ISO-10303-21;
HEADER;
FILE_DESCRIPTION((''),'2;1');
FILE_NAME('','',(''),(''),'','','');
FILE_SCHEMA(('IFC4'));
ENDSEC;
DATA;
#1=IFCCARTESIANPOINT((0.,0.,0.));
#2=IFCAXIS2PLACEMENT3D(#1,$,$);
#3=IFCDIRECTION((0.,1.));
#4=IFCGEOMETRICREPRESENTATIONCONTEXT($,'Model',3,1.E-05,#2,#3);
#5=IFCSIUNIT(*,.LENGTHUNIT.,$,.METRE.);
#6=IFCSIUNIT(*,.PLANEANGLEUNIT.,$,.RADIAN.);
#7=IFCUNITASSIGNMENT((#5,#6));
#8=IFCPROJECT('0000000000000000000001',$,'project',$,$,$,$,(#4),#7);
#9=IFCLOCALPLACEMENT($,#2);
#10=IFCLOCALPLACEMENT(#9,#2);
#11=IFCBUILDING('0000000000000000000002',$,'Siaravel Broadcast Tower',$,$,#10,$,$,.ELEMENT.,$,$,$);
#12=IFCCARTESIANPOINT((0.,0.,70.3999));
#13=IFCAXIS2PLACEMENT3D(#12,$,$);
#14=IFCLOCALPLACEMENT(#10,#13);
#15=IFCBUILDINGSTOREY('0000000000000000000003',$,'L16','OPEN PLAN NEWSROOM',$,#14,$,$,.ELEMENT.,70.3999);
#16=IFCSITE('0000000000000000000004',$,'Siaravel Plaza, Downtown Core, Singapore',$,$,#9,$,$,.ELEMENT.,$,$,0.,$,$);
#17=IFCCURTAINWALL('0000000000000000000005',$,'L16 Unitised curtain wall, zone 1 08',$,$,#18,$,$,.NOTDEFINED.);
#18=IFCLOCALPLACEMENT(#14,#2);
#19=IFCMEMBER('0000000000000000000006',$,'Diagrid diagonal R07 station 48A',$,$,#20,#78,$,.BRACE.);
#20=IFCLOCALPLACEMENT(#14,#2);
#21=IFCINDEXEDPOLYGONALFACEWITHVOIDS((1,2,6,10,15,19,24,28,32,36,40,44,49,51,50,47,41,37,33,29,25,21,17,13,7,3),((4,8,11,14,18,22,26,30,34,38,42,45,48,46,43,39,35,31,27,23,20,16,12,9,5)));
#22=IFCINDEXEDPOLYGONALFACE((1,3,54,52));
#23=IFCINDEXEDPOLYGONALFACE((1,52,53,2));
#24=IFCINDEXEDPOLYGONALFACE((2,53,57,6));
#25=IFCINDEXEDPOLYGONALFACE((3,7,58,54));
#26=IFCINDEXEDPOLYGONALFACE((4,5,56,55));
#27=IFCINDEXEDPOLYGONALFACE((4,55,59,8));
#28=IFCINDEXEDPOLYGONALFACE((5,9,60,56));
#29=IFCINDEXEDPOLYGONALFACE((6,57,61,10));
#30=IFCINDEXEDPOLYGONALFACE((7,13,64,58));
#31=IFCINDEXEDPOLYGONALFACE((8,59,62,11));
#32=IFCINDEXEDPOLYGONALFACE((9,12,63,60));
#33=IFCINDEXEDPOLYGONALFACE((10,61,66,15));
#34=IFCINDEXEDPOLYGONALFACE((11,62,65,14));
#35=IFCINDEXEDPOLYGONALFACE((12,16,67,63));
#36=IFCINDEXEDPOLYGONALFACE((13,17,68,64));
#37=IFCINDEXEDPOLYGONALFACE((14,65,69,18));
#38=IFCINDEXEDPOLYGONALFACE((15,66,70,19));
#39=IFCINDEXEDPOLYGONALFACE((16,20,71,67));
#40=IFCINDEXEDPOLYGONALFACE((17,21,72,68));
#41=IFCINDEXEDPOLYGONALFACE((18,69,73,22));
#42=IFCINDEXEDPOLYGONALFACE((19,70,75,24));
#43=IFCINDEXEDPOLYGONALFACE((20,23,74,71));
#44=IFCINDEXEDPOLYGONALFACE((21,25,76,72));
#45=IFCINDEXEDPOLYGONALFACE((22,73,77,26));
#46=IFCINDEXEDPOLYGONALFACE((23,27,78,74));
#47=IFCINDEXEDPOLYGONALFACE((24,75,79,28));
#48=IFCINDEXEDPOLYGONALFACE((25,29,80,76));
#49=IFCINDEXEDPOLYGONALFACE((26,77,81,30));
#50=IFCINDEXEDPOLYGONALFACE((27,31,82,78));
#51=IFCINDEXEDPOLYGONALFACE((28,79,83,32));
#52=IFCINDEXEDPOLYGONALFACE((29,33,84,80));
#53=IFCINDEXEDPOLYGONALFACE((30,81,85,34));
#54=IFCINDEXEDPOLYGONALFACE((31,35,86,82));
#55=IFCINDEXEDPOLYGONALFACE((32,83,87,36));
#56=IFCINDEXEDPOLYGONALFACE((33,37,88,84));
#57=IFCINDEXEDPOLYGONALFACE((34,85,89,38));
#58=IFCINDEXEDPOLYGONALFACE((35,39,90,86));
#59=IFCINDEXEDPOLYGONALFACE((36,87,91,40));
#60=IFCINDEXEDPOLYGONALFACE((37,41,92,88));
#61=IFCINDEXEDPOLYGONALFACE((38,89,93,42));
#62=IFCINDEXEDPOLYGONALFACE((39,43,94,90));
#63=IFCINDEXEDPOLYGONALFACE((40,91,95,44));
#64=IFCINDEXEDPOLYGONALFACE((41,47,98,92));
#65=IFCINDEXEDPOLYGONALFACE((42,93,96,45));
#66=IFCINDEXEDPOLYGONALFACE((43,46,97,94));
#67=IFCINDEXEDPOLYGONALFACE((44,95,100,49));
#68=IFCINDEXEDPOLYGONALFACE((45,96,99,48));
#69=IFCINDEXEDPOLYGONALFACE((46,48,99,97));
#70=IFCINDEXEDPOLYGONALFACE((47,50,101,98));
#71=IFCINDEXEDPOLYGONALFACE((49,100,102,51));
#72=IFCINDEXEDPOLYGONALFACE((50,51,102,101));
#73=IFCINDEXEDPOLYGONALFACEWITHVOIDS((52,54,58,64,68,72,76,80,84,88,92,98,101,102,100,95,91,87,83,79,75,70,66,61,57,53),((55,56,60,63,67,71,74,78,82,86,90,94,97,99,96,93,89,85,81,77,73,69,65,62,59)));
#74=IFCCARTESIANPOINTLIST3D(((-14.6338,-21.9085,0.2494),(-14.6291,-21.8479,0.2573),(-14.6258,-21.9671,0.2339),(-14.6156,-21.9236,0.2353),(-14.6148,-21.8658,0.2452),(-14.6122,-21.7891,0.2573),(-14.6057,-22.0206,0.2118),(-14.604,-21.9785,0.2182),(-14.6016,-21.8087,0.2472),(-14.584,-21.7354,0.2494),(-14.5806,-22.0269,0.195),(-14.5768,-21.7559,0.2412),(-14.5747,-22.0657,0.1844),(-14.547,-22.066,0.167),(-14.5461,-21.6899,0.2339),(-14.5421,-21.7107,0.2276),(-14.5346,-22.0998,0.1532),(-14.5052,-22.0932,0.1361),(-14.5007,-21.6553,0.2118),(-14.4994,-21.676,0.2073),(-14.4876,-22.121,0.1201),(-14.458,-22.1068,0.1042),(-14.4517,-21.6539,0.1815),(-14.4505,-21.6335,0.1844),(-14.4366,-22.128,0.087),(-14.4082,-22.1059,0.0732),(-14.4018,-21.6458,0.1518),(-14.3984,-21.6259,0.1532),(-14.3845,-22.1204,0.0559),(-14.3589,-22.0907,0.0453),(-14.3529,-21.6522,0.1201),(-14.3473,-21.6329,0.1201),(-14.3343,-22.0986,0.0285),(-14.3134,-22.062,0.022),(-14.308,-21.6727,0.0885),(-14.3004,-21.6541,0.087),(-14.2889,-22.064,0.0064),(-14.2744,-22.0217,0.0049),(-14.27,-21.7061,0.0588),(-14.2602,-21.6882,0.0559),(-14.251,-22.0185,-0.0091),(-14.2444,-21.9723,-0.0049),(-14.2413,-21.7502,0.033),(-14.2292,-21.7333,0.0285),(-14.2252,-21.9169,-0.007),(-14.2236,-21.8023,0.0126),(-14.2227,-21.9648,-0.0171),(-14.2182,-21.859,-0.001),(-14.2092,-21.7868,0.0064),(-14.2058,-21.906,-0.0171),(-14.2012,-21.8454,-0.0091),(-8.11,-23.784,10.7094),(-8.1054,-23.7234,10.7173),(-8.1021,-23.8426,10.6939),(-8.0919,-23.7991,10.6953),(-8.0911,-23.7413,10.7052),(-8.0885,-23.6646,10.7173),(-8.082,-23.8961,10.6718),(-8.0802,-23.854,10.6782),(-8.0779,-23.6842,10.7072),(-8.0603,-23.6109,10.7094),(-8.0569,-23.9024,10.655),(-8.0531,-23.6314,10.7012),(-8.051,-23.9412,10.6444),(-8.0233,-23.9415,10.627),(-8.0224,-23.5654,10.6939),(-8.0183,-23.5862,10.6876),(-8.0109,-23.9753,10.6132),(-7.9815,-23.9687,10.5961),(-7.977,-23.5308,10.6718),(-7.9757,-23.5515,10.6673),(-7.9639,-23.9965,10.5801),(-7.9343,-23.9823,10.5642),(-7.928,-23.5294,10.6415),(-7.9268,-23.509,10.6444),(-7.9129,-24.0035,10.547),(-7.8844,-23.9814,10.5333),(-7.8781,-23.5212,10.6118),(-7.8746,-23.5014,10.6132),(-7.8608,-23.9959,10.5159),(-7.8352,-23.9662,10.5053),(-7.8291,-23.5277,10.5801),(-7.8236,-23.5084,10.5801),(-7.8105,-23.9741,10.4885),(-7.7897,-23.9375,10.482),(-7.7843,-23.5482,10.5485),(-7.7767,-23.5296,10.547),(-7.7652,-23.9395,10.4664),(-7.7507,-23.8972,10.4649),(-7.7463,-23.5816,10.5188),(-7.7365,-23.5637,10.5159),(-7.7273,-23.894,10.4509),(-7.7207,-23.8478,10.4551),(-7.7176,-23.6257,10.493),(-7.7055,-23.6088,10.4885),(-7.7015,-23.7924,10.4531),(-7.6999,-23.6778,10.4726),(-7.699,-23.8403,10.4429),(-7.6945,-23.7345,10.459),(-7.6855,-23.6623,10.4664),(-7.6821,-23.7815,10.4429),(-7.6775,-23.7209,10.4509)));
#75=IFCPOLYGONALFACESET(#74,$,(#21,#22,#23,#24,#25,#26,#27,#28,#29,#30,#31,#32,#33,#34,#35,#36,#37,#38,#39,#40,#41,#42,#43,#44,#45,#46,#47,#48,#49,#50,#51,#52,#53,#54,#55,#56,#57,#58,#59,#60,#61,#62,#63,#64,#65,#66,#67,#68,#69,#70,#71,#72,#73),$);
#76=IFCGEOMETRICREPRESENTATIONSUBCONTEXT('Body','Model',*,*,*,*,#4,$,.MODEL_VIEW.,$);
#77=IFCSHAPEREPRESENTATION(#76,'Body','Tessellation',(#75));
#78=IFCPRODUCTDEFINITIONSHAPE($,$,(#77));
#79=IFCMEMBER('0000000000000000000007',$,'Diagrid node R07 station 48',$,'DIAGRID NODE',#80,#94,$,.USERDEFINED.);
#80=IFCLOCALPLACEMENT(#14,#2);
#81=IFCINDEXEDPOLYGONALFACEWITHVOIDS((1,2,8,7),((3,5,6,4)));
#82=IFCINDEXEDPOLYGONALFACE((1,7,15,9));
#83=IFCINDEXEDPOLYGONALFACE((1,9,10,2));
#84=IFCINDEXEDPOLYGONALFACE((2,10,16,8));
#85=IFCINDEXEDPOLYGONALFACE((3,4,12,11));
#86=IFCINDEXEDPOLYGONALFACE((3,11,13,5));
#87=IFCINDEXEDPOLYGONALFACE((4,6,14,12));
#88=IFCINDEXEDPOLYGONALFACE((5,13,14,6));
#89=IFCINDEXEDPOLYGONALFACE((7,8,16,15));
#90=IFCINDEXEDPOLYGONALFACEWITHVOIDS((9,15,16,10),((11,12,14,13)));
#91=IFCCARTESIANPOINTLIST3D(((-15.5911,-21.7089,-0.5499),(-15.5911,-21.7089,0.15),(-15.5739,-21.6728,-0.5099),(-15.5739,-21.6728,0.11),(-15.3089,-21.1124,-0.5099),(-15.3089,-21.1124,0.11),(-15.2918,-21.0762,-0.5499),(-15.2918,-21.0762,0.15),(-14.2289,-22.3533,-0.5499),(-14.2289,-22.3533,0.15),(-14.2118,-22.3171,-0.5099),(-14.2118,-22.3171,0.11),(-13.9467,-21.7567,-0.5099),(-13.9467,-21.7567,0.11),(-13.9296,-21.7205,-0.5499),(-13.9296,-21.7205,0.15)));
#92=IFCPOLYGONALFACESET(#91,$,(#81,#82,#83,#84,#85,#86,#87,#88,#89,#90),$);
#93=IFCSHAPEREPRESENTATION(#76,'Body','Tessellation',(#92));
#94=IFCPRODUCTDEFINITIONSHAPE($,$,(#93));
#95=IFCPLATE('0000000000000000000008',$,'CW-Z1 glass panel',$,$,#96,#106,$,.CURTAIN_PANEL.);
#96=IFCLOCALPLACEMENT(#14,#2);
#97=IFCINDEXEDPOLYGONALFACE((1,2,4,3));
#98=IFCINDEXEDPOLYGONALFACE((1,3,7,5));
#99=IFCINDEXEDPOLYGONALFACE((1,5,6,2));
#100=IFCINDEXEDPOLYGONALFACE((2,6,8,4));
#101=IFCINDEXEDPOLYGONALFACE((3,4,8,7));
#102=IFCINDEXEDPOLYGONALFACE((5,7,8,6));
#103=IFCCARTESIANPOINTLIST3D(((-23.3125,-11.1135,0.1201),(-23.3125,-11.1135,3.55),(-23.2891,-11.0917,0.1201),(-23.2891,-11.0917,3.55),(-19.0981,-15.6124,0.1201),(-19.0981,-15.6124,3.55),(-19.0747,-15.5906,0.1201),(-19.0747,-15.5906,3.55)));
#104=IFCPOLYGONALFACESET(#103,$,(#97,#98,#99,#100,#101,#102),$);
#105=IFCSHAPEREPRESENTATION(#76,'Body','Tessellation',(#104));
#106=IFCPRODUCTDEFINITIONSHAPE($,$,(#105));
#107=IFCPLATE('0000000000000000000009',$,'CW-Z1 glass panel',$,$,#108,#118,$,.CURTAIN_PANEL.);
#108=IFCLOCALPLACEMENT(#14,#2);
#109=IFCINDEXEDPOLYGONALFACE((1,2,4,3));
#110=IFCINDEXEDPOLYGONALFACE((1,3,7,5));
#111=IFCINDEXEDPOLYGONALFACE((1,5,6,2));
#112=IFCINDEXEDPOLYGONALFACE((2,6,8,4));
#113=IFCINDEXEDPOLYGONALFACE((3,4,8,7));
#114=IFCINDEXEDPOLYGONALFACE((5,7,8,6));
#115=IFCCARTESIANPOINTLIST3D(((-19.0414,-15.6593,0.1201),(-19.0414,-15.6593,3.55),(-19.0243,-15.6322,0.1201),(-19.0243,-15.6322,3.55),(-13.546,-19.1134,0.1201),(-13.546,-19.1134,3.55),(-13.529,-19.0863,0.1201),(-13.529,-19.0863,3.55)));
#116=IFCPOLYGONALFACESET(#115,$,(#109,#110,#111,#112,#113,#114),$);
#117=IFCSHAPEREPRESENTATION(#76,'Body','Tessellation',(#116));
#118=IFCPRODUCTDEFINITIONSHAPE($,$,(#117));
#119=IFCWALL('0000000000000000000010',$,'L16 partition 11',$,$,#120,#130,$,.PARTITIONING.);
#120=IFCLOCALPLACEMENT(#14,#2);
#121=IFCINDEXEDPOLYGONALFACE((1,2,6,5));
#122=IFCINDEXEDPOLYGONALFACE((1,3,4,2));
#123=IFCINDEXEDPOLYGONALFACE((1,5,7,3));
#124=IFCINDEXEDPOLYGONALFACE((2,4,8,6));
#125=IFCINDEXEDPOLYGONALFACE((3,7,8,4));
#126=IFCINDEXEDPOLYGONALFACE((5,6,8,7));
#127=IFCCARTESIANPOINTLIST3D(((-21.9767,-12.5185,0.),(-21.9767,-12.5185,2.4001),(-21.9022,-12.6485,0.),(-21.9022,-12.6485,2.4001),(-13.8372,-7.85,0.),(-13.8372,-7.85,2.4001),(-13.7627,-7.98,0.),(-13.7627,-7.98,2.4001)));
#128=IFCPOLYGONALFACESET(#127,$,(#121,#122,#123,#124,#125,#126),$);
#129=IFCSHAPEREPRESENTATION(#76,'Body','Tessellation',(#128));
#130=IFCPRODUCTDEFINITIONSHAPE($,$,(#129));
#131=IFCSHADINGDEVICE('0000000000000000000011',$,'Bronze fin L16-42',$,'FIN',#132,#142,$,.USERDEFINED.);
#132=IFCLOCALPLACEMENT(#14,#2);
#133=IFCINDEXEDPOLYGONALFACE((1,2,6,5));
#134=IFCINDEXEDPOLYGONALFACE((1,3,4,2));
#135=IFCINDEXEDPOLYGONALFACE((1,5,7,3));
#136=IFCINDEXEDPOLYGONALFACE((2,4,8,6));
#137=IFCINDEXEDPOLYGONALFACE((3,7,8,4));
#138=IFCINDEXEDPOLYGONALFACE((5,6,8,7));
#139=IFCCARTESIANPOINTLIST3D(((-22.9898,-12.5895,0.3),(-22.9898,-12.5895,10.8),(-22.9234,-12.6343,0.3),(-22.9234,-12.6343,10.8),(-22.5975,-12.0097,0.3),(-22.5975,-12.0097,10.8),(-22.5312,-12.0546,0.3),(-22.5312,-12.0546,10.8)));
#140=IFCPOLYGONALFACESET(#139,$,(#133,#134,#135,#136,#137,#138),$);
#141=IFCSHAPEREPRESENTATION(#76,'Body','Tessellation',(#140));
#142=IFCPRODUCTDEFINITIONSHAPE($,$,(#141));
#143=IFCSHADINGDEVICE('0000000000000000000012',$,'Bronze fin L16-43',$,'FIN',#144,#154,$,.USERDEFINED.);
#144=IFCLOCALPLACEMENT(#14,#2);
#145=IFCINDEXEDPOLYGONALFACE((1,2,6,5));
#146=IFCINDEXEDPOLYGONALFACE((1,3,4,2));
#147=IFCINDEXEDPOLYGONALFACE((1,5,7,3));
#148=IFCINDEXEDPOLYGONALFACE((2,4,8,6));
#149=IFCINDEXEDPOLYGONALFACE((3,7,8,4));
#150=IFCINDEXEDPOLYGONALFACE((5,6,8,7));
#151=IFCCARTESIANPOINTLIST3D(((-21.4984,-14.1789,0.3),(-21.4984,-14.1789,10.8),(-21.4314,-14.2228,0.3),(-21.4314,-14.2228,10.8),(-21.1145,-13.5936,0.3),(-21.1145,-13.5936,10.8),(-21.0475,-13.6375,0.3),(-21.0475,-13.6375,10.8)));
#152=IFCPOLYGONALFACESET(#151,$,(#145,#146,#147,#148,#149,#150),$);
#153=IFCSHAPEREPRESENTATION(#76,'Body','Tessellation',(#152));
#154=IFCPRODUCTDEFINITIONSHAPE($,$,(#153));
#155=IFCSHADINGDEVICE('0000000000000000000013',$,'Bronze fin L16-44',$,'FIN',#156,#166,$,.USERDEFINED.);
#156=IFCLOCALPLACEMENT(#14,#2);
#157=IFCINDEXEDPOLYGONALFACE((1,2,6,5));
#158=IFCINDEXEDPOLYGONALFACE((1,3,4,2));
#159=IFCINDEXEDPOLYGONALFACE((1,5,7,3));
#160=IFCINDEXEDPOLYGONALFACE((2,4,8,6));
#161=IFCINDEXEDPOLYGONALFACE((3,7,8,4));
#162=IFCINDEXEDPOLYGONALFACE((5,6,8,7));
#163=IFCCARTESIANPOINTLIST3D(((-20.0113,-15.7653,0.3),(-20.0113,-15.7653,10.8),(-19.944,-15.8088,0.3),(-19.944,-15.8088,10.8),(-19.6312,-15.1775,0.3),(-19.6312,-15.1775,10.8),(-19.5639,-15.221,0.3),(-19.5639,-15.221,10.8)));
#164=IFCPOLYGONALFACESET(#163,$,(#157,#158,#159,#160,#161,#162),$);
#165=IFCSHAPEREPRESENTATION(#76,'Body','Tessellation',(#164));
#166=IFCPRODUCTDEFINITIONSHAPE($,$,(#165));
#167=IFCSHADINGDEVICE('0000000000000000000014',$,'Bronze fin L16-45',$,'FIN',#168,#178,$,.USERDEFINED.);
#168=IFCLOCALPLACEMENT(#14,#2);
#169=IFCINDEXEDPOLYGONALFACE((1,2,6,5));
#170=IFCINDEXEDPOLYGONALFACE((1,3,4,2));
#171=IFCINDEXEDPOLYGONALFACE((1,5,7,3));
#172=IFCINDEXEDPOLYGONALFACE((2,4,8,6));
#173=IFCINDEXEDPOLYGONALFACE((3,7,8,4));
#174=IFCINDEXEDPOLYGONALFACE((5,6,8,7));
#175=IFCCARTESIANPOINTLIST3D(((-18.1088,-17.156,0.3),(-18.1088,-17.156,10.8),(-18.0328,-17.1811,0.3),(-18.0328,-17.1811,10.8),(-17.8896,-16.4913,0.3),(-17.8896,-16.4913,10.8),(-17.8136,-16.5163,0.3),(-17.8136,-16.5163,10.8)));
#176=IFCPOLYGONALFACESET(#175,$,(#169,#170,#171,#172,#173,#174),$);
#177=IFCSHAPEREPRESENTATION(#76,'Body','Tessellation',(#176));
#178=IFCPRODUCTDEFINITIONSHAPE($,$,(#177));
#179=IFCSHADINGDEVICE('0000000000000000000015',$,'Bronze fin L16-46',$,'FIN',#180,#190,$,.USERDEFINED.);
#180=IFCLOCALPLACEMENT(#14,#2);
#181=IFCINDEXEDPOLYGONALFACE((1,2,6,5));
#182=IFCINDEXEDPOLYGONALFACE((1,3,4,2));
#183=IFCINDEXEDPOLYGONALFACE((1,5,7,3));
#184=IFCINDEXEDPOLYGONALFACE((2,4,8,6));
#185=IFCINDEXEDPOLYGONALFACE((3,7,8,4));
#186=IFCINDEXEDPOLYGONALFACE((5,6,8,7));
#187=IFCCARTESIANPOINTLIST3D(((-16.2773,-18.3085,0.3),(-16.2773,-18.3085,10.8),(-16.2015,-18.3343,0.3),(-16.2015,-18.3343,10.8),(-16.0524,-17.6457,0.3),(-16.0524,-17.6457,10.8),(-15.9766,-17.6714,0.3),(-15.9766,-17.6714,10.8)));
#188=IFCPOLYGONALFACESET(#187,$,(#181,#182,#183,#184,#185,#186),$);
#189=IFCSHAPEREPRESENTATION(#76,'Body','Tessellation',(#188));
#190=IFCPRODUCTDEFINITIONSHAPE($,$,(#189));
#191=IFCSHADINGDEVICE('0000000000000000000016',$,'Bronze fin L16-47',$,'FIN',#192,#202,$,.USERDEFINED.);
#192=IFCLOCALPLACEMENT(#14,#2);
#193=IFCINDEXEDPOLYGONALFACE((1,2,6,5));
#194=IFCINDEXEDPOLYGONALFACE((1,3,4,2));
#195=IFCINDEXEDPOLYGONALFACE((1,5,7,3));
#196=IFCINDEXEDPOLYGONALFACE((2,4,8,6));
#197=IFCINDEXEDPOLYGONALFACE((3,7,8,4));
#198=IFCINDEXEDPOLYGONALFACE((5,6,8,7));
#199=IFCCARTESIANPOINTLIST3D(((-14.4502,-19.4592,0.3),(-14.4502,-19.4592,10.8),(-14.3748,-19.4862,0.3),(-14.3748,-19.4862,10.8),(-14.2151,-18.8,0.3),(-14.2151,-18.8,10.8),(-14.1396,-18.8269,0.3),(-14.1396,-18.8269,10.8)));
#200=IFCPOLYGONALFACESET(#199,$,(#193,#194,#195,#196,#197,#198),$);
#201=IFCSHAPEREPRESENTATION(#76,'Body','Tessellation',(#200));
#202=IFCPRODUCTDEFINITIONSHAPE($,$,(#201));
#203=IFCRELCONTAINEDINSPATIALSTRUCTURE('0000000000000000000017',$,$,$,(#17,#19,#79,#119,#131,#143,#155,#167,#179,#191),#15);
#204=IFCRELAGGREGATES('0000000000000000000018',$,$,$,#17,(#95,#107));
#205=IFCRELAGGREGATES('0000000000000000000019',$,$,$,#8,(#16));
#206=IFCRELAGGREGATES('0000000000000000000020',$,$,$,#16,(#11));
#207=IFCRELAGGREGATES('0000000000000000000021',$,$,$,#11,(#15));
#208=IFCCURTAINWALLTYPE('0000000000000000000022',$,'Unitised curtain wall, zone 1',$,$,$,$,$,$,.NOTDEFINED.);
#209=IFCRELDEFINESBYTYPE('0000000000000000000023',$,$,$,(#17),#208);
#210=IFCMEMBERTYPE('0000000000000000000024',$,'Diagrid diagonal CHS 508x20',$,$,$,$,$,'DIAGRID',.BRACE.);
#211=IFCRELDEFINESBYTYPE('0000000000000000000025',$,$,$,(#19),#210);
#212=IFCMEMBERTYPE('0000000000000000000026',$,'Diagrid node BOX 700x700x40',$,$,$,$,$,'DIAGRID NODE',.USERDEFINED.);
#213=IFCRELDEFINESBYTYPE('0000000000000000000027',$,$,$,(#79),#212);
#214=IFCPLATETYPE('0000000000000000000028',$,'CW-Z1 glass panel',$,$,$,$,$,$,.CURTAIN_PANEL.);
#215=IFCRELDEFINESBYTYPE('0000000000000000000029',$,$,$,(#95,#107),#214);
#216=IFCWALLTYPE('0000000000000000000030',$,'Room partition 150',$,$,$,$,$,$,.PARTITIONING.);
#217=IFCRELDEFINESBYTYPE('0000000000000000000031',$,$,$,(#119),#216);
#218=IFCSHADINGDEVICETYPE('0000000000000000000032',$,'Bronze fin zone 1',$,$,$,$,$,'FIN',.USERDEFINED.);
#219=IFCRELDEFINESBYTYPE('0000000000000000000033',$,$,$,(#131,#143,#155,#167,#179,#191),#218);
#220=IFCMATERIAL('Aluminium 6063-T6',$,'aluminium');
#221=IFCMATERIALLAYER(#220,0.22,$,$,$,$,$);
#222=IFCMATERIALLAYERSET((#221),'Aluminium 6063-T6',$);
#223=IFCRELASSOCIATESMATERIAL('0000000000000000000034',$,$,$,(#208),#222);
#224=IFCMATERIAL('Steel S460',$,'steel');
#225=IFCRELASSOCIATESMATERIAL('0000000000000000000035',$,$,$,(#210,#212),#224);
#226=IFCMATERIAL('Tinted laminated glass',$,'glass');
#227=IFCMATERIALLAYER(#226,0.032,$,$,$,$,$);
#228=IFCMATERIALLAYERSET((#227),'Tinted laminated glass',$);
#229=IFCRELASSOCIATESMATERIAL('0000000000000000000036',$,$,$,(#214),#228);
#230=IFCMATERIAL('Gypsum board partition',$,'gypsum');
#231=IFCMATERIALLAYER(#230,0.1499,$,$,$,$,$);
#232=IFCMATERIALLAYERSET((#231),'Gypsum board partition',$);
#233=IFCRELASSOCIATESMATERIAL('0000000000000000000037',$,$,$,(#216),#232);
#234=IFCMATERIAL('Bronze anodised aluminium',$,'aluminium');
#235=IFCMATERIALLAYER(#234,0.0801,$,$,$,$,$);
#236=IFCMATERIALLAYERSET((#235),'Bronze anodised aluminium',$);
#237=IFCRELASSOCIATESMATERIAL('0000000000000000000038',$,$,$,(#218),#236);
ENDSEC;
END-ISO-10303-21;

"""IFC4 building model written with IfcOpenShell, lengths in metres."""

from ifc_helpers import new_model, si_unit, direction, frame, frame_2d, origin, origin_2d, place, context, subcontext, project, spatial, rectangle, hollow_rectangle, hollow_circle, extrude, material, layer, layer_set, material_profile, profile_set, type_object, element, aggregate, save


model = new_model("IFC4")

# Units and contexts
model_context = context("Model", 3, precision=1e-05, world=origin(), true_north=direction((0.0, 1.0)))
body_context = subcontext(model_context, "Body", "Model", "MODEL_VIEW")
ifc_project = project(units=[si_unit("LENGTHUNIT", "METRE"), si_unit("PLANEANGLEUNIT", "RADIAN")], contexts=[model_context])

# Site, building, storey
site_placement = place(None, origin())
site = spatial("IfcSite", under=ifc_project, at=site_placement, Name="Siaravel Plaza, Downtown Core, Singapore", CompositionType="ELEMENT", RefElevation=0.0)
building_placement = place(site_placement, origin())
building = spatial("IfcBuilding", under=site, at=building_placement, Name="Siaravel Broadcast Tower", CompositionType="ELEMENT")
storey_placement = place(building_placement, frame((0.0, 0.0, 70.3999)))
storey = spatial("IfcBuildingStorey", under=building, at=storey_placement, Name="L16", Description="OPEN PLAN NEWSROOM", CompositionType="ELEMENT", Elevation=70.3999)

# Curtain wall
ifc_material_1 = material(Name="Aluminium 6063-T6", Category="aluminium")
ifc_layer_1 = layer(ifc_material_1, 0.22)
ifc_layer_set_1 = layer_set([ifc_layer_1], Name="Aluminium 6063-T6")
curtain_wall_type = type_object("IfcCurtainWallType", Name="Unitised curtain wall, zone 1", PredefinedType="NOTDEFINED", material=ifc_layer_set_1)
curtain_wall_placement = place(storey_placement, origin())
curtain_wall = element("IfcCurtainWall", 1, at=curtain_wall_placement, inside=storey, type_object=curtain_wall_type, Name="L16 Unitised curtain wall, zone 1 08", PredefinedType="NOTDEFINED")

# Members
ifc_material_2 = material(Name="Steel S460", Category="steel")
ifc_material_profile_1 = material_profile(ifc_material_2, hollow_circle(Radius=0.2539, WallThickness=0.02, at=origin_2d()))
ifc_profile_set_1 = profile_set([ifc_material_profile_1], Name="Steel S460")
member_type_1 = type_object("IfcMemberType", Name="Diagrid diagonal CHS 508x20", ElementType="DIAGRID", PredefinedType="BRACE", material=ifc_profile_set_1)
member_1_placement = place(storey_placement, frame((-14.4175, -21.877, 0.1201), z_axis=(0.523174, -0.150407, 0.838848), x_axis=(0.276298, 0.961072, 0.0)))
element("IfcMember", 2, at=member_1_placement, inside=storey, type_object=member_type_1, Name="Diagrid diagonal R07 station 48A", PredefinedType="BRACE", context=body_context, shape_type="SweptSolid", body=[
    extrude(hollow_circle(Radius=0.2539, WallThickness=0.02, at=origin_2d()), origin(), (0.0, 0.0, 1.0), 12.4695),
])
ifc_material_profile_2 = material_profile(ifc_material_2, hollow_rectangle(XDim=0.7, YDim=0.7, WallThickness=0.04, at=origin_2d()))
ifc_profile_set_2 = profile_set([ifc_material_profile_2], Name="Steel S460")
member_type_2 = type_object("IfcMemberType", Name="Diagrid node BOX 700x700x40", ElementType="DIAGRID NODE", PredefinedType="USERDEFINED", material=ifc_profile_set_2)
member_2_placement = place(storey_placement, frame((-15.4414, -21.3926, -0.2), z_axis=(0.903969, -0.427599, 0.0), x_axis=(0.427599, 0.903969, 0.0)))
element("IfcMember", 3, at=member_2_placement, inside=storey, type_object=member_type_2, Name="Diagrid node R07 station 48", ObjectType="DIAGRID NODE", PredefinedType="USERDEFINED", context=body_context, shape_type="SweptSolid", body=[
    extrude(hollow_rectangle(XDim=0.7, YDim=0.7, WallThickness=0.04, at=origin_2d()), origin(), (0.0, 0.0, 1.0), 1.5068),
])

# Plates
ifc_material_3 = material(Name="Tinted laminated glass", Category="glass")
ifc_layer_2 = layer(ifc_material_3, 0.032)
ifc_layer_set_2 = layer_set([ifc_layer_2], Name="Tinted laminated glass")
plate_type = type_object("IfcPlateType", Name="CW-Z1 glass panel", PredefinedType="CURTAIN_PANEL", material=ifc_layer_set_2)
plate_1_placement = place(storey_placement, frame((-21.1936, -13.3521, 0.1201), z_axis=(0.0, 0.0, 1.0), x_axis=(0.683655, -0.729806, 0.0)))
plate_1 = element("IfcPlate", 4, at=plate_1_placement, type_object=plate_type, Name="CW-Z1 glass panel", PredefinedType="CURTAIN_PANEL", context=body_context, shape_type="SweptSolid", body=[
    extrude(rectangle(XDim=6.1646, YDim=0.032, at=origin_2d()), origin(), (0.0, 0.0, 1.0), 3.4299),
])
plate_2_placement = place(storey_placement, frame((-16.2852, -17.3728, 0.1201), z_axis=(0.0, 0.0, 1.0), x_axis=(0.84665, -0.53215, 0.0)))
plate_2 = element("IfcPlate", 5, at=plate_2_placement, type_object=plate_type, Name="CW-Z1 glass panel", PredefinedType="CURTAIN_PANEL", context=body_context, shape_type="SweptSolid", body=[
    extrude(rectangle(XDim=6.4907, YDim=0.032, at=origin_2d()), origin(), (0.0, 0.0, 1.0), 3.4299),
])
aggregate(curtain_wall, [plate_1, plate_2])

# Wall
ifc_material_4 = material(Name="Gypsum board partition", Category="gypsum")
ifc_layer_3 = layer(ifc_material_4, 0.1499)
ifc_layer_set_3 = layer_set([ifc_layer_3], Name="Gypsum board partition")
wall_type = type_object("IfcWallType", Name="Room partition 150", PredefinedType="PARTITIONING", material=ifc_layer_set_3)
wall_placement = place(storey_placement, frame((-21.9395, -12.5835, 0.0), z_axis=(0.0, 0.0, 1.0), x_axis=(0.867445, 0.497534, 0.0)))
element("IfcWall", 6, at=wall_placement, inside=storey, type_object=wall_type, Name="L16 partition 11", PredefinedType="PARTITIONING", context=body_context, shape_type="SweptSolid", body=[
    extrude(rectangle(XDim=9.3833, YDim=0.1499, at=frame_2d((4.6917, 0.0))), origin(), (0.0, 0.0, 1.0), 2.4001),
])

# Shading devices
ifc_material_5 = material(Name="Bronze anodised aluminium", Category="aluminium")
ifc_layer_4 = layer(ifc_material_5, 0.0801)
ifc_layer_set_4 = layer_set([ifc_layer_4], Name="Bronze anodised aluminium")
shading_device_type = type_object("IfcShadingDeviceType", Name="Bronze fin zone 1", ElementType="FIN", PredefinedType="USERDEFINED", material=ifc_layer_set_4)
for number, where, z_axis, x_axis, name in (
    (7, (-22.7605, -12.322, 0.3), (0.0, 0.0, 1.0), (-0.560356, -0.828252, 0.0), "Bronze fin L16-42"),
    (8, (-21.2729, -13.9082, 0.3), (0.0, 0.0, 1.0), (-0.548457, -0.836179, 0.0), "Bronze fin L16-43"),
    (9, (-19.7876, -15.4932, 0.3), (0.0, 0.0, 1.0), (-0.54305, -0.8397, 0.0), "Bronze fin L16-44"),
    (10, (-17.9612, -16.8362, 0.3), (0.0, 0.0, 1.0), (-0.313151, -0.949703, 0.0), "Bronze fin L16-45"),
    (11, (-16.127, -17.99, 0.3), (0.0, 0.0, 1.0), (-0.321304, -0.946976, 0.0), "Bronze fin L16-46"),
    (12, (-14.2949, -19.1431, 0.3), (0.0, 0.0, 1.0), (-0.335973, -0.941872, 0.0), "Bronze fin L16-47"),
):
    element("IfcShadingDevice", number, at=place(storey_placement, frame(where, z_axis=z_axis, x_axis=x_axis)), inside=storey, type_object=shading_device_type, Name=name, ObjectType="FIN", PredefinedType="USERDEFINED", context=body_context, shape_type="SweptSolid", body=[
        extrude(rectangle(XDim=0.7, YDim=0.0801, at=origin_2d()), origin(), (0.0, 0.0, 1.0), 10.5),
    ])

save(model, "model.ifc")
